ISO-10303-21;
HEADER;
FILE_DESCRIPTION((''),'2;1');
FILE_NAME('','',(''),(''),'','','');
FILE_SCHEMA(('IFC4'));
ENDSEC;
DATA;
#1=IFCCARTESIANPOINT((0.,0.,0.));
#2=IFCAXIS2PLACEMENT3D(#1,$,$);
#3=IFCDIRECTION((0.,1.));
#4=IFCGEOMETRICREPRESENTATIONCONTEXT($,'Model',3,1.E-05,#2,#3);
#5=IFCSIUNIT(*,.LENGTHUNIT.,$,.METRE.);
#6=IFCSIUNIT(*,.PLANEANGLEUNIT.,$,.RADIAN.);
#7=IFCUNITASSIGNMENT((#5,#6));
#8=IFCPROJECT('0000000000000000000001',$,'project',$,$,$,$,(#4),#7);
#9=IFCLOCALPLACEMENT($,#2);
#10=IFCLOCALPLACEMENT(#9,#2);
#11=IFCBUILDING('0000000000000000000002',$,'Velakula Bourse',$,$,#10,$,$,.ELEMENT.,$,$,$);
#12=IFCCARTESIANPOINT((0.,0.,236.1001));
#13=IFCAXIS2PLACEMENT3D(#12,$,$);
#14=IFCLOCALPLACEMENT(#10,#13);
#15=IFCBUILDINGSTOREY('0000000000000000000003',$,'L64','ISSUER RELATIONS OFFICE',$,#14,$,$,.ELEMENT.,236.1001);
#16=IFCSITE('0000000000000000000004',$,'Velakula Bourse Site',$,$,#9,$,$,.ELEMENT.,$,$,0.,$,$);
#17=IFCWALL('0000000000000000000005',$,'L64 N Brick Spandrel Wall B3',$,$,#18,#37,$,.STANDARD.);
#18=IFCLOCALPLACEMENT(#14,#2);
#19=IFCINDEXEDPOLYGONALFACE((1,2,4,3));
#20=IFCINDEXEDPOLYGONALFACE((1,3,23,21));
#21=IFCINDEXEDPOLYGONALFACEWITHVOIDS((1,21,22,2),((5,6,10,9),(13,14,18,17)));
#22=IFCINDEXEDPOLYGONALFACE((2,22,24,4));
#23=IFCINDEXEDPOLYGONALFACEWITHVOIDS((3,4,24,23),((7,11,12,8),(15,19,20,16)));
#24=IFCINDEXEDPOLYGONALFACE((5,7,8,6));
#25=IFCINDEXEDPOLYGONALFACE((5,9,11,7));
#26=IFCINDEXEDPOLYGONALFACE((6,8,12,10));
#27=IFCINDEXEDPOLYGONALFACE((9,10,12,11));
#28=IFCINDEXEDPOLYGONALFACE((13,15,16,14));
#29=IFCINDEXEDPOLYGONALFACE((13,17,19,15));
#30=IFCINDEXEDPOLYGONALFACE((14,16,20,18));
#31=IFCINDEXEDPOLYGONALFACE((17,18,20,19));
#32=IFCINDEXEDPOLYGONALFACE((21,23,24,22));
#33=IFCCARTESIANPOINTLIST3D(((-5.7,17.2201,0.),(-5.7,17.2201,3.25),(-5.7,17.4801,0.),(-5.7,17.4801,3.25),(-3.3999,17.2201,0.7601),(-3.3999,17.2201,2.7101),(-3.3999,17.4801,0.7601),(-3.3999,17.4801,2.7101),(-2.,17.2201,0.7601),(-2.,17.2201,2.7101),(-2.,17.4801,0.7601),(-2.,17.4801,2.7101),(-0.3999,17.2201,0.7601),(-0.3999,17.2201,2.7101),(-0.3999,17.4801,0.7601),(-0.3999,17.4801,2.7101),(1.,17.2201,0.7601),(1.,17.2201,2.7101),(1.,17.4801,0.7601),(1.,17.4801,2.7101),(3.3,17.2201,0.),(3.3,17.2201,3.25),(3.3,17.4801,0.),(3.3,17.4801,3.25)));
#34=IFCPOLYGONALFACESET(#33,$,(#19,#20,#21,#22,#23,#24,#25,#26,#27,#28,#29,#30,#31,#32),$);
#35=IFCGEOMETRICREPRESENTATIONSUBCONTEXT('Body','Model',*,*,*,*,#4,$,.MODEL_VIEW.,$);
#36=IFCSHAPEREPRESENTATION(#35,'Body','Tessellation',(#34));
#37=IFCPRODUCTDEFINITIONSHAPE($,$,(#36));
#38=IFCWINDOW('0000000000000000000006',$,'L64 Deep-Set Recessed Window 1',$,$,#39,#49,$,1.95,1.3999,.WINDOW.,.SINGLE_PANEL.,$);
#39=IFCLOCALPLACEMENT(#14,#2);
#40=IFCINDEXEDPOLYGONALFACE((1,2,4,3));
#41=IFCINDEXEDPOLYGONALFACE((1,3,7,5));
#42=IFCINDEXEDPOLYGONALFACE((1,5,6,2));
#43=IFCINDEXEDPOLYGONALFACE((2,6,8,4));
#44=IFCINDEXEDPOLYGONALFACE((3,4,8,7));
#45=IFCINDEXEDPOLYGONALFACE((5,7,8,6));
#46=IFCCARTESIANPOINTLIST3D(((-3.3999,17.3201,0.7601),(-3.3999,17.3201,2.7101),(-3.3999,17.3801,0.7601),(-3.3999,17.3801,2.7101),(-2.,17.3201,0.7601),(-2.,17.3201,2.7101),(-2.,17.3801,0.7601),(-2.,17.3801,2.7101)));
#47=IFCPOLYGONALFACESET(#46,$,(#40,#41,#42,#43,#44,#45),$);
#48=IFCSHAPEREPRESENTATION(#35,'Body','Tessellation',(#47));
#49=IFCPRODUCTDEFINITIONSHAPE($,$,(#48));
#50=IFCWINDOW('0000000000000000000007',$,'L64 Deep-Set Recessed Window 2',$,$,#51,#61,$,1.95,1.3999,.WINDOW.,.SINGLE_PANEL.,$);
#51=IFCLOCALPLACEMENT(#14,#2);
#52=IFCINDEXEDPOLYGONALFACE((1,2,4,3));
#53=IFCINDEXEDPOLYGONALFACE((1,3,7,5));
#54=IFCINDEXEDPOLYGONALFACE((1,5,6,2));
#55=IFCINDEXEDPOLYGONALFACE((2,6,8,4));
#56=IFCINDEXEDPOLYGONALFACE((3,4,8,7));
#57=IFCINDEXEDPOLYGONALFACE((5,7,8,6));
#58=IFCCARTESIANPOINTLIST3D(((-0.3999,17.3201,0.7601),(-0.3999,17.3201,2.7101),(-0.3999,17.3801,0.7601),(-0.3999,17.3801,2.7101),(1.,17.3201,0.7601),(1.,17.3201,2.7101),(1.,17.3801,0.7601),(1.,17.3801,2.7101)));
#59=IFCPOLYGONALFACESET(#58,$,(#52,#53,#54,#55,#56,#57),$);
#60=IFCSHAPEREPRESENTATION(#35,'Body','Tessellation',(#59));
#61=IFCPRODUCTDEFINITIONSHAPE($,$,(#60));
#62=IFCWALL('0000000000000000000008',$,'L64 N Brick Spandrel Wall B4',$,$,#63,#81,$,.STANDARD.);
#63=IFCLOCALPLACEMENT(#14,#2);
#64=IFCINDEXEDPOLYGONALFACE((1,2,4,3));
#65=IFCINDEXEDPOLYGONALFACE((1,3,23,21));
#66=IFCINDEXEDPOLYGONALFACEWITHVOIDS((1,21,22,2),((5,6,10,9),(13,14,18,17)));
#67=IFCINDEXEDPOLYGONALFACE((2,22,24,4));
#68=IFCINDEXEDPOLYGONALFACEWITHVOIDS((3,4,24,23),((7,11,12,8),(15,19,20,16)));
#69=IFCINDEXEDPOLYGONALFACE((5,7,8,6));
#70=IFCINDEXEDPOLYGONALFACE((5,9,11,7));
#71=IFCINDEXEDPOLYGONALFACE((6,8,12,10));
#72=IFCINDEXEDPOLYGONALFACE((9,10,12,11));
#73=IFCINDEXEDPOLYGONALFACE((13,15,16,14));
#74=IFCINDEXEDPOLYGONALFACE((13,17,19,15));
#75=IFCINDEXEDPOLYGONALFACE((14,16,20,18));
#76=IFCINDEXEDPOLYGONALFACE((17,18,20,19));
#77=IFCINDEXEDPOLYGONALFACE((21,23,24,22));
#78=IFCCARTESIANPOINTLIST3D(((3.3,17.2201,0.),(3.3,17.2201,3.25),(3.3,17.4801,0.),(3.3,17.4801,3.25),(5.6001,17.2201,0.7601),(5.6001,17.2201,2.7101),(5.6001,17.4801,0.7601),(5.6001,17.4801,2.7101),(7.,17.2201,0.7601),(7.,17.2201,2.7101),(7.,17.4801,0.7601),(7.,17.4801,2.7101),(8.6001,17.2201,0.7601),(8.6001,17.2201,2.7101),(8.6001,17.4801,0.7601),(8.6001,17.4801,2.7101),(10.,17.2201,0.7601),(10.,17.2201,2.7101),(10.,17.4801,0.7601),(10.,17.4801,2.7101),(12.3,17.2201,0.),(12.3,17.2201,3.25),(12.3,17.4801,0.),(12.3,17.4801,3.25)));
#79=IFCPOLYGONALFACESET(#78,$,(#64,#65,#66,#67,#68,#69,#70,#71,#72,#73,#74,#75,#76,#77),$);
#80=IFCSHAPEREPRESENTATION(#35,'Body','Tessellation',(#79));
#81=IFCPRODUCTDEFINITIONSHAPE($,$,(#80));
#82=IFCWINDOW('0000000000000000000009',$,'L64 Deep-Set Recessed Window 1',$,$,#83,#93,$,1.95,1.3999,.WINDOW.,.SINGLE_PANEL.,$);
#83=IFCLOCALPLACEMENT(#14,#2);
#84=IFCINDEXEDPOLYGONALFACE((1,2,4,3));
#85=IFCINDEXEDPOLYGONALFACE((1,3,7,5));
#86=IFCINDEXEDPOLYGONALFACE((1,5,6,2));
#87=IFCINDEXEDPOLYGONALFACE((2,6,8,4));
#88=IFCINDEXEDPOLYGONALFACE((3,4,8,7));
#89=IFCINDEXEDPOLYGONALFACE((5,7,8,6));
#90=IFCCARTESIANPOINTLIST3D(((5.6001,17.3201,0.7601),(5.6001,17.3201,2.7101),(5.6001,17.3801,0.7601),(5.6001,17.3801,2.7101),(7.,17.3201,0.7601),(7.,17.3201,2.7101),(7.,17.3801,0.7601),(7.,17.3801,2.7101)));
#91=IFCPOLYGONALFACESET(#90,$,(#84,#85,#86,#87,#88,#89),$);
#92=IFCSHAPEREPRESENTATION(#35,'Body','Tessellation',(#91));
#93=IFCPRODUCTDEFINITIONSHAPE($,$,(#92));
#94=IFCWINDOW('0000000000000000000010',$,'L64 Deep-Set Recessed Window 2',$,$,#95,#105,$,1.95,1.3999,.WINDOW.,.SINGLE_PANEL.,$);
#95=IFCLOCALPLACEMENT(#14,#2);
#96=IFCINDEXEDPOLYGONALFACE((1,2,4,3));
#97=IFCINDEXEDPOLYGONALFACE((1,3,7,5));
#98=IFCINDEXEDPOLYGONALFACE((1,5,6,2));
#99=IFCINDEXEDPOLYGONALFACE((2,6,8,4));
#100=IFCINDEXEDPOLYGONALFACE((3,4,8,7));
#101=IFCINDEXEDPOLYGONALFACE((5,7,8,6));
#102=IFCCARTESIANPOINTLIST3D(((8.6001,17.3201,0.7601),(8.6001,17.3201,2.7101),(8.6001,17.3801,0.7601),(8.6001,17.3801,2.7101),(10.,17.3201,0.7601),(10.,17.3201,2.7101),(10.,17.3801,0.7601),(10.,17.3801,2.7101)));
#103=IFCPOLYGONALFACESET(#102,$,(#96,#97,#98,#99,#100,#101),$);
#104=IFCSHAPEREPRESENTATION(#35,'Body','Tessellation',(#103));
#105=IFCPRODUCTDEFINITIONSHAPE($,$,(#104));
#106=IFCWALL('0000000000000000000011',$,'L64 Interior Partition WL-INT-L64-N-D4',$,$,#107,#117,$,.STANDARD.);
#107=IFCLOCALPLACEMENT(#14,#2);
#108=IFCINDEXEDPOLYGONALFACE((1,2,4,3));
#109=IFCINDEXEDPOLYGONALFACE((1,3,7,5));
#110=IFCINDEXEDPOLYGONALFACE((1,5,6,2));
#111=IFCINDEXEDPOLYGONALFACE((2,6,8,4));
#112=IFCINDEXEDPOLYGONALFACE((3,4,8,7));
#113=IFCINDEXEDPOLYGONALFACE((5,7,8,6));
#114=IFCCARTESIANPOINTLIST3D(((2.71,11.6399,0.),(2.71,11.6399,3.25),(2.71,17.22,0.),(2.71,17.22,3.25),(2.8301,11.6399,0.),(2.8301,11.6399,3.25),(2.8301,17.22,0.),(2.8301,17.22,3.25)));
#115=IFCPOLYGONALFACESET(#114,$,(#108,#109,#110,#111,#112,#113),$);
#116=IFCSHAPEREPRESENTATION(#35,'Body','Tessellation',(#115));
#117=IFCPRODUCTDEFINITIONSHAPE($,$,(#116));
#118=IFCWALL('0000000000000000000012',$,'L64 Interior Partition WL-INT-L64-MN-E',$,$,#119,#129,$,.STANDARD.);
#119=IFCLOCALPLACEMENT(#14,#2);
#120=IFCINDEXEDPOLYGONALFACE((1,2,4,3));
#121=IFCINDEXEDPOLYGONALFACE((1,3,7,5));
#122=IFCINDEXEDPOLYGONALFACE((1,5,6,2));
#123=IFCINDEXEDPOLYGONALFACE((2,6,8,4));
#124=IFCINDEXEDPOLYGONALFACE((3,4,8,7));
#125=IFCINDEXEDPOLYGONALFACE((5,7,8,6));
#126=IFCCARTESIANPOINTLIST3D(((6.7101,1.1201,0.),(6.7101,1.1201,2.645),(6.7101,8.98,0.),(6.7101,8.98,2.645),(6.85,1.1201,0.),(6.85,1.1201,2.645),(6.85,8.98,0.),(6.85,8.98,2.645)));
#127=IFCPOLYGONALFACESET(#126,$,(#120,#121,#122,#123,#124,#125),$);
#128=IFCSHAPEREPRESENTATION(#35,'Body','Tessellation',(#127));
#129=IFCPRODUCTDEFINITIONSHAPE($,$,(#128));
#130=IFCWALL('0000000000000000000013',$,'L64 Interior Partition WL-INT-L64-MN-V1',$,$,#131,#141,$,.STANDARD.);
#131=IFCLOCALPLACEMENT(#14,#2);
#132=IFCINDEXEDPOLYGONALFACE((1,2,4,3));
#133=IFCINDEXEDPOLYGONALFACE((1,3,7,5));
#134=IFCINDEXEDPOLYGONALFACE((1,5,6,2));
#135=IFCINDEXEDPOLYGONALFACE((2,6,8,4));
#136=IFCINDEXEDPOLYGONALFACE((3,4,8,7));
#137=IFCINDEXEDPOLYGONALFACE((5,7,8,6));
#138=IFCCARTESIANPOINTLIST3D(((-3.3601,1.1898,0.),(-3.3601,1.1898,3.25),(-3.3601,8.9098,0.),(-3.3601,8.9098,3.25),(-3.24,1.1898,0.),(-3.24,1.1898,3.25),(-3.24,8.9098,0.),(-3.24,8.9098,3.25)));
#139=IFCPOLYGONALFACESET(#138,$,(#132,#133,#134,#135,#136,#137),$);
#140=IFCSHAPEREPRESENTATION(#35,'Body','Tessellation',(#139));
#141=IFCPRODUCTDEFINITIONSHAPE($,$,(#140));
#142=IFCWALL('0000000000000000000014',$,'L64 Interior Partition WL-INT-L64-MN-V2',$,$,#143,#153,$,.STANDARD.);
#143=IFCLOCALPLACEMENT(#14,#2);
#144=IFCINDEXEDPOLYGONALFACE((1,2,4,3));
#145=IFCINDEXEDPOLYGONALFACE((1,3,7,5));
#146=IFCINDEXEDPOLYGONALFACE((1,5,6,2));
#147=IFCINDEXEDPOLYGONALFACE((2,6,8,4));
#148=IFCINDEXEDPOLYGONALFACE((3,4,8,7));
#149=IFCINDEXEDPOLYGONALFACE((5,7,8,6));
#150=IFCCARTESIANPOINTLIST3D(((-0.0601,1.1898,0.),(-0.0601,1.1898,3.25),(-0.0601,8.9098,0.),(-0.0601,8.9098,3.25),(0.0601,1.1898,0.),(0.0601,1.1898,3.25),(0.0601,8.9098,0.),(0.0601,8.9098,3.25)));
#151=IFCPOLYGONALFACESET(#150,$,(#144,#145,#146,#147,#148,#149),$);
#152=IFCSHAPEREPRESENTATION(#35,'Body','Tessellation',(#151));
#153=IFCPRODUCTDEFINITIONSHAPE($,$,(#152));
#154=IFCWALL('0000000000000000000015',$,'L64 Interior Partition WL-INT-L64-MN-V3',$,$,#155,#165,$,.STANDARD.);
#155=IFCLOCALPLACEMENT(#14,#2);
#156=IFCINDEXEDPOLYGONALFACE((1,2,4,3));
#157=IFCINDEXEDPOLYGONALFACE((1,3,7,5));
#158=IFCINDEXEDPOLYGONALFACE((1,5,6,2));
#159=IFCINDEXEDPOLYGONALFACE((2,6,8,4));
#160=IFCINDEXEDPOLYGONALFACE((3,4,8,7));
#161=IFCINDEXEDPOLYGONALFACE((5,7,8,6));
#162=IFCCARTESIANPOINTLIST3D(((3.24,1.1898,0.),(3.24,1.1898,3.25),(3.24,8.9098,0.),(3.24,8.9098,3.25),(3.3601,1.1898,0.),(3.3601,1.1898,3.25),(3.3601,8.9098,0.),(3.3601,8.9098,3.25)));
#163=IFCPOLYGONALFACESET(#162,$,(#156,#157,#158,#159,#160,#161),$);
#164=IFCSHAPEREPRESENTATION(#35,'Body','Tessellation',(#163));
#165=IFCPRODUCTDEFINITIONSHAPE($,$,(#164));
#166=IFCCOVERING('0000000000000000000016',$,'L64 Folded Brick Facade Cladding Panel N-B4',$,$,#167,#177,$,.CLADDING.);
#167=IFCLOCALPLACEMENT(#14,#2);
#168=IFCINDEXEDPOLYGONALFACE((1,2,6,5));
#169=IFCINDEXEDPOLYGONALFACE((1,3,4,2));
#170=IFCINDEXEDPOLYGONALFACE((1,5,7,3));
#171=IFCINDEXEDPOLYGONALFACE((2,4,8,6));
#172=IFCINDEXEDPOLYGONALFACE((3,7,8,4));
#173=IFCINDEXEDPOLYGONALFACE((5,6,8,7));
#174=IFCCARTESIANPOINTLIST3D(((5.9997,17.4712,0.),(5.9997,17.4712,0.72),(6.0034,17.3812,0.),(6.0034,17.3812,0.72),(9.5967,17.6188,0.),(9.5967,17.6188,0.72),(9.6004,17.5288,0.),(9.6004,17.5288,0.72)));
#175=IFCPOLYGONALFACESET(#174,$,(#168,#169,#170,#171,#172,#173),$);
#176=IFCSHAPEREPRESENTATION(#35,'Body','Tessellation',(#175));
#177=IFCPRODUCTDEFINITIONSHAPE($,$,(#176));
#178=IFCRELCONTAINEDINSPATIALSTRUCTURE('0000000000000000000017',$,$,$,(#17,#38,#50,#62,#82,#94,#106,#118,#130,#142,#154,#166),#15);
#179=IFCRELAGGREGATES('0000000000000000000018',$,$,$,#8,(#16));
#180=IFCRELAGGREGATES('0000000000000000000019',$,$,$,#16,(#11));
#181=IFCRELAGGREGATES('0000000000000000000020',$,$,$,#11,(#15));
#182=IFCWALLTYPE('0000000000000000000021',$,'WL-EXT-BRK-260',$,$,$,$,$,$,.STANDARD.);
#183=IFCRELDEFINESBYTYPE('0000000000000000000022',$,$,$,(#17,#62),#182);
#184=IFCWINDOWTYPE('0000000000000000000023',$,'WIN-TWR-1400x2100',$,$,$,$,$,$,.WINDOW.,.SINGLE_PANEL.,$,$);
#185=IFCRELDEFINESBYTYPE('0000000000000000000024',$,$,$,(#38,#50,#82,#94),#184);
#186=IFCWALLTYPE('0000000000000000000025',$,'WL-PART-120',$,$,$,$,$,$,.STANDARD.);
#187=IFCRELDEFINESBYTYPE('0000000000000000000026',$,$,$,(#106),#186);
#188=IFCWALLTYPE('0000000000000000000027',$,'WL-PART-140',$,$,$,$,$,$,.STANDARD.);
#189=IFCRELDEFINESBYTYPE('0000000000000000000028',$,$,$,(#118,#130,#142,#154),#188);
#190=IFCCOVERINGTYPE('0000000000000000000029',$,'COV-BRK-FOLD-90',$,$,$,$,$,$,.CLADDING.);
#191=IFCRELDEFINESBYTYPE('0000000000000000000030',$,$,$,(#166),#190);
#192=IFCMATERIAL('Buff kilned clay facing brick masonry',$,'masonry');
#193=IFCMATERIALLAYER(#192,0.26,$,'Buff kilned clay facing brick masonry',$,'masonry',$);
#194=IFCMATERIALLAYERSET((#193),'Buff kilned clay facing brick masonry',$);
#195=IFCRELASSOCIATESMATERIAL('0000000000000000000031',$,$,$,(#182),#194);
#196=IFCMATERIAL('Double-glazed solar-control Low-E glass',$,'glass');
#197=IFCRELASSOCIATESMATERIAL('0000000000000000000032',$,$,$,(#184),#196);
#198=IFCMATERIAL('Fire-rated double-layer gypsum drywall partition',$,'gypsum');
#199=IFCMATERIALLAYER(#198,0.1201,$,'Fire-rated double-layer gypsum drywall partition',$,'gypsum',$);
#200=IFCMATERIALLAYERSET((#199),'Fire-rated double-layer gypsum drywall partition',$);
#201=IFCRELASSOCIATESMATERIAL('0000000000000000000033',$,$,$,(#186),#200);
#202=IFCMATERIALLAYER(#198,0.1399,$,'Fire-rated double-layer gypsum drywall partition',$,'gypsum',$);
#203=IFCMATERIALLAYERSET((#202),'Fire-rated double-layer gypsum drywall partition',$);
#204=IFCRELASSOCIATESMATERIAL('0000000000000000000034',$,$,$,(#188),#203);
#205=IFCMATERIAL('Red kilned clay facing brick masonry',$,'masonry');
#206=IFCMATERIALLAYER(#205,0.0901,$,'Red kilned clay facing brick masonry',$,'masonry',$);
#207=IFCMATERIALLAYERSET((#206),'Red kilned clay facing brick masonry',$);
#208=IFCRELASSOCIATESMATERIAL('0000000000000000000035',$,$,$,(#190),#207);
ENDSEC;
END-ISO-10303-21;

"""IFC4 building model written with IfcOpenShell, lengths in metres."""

from ifc_helpers import new_model, si_unit, direction, frame, frame_2d, origin, origin_2d, place, context, subcontext, project, spatial, rectangle, extrude, material, layer, layer_set, type_object, element, fill, save


model = new_model("IFC4")

# Units and contexts
model_context = context("Model", 3, precision=1e-05, world=origin(), true_north=direction((0.0, 1.0)))
body_context = subcontext(model_context, "Body", "Model", "MODEL_VIEW")
ifc_project = project(units=[si_unit("LENGTHUNIT", "METRE"), si_unit("PLANEANGLEUNIT", "RADIAN")], contexts=[model_context])

# Site, building, storey
site_placement = place(None, origin())
site = spatial("IfcSite", under=ifc_project, at=site_placement, Name="Velakula Bourse Site", CompositionType="ELEMENT", RefElevation=0.0)
building_placement = place(site_placement, origin())
building = spatial("IfcBuilding", under=site, at=building_placement, Name="Velakula Bourse", CompositionType="ELEMENT")
storey_placement = place(building_placement, frame((0.0, 0.0, 236.1001)))
storey = spatial("IfcBuildingStorey", under=building, at=storey_placement, Name="L64", Description="ISSUER RELATIONS OFFICE", CompositionType="ELEMENT", Elevation=236.1001)

# Walls, openings, windows
ifc_material_1 = material(Name="Buff kilned clay facing brick masonry", Category="masonry")
ifc_layer_1 = layer(ifc_material_1, 0.26, Name="Buff kilned clay facing brick masonry", Category="masonry")
ifc_layer_set_1 = layer_set([ifc_layer_1], Name="Buff kilned clay facing brick masonry")
wall_type_1 = type_object("IfcWallType", Name="WL-EXT-BRK-260", PredefinedType="STANDARD", material=ifc_layer_set_1)
wall_1_placement = place(storey_placement, frame((-5.7, 17.3501, 0.0), z_axis=(0.0, 0.0, 1.0), x_axis=(1.0, 0.0, 0.0)))
wall_1 = element("IfcWall", 1, at=wall_1_placement, inside=storey, type_object=wall_type_1, Name="L64 N Brick Spandrel Wall B3", PredefinedType="STANDARD", context=body_context, shape_type="SweptSolid", body=[
    extrude(rectangle(XDim=9.0, YDim=0.26, at=frame_2d((4.5, 0.0))), origin(), (0.0, 0.0, 1.0), 3.25),
])
opening_1_placement = place(wall_1_placement, frame((2.3, 0.0, 0.76)))
opening_1 = element("IfcOpeningElement", 2, at=opening_1_placement, cuts=wall_1, PredefinedType="OPENING", context=body_context, shape_type="SweptSolid", body=[
    extrude(rectangle(XDim=1.3999, YDim=1.95, at=frame_2d((0.7, 0.9751))), frame((0.0, 0.1399, 0.0), z_axis=(0.0, -1.0, 0.0), x_axis=(1.0, 0.0, 0.0)), (0.0, 0.0, 1.0), 0.28),
])
opening_2_placement = place(wall_1_placement, frame((5.3, 0.0, 0.76)))
opening_2 = element("IfcOpeningElement", 3, at=opening_2_placement, cuts=wall_1, PredefinedType="OPENING", context=body_context, shape_type="SweptSolid", body=[
    extrude(rectangle(XDim=1.3999, YDim=1.95, at=frame_2d((0.7, 0.9751))), frame((0.0, 0.1399, 0.0), z_axis=(0.0, -1.0, 0.0), x_axis=(1.0, 0.0, 0.0)), (0.0, 0.0, 1.0), 0.28),
])
ifc_material_2 = material(Name="Double-glazed solar-control Low-E glass", Category="glass")
window_type = type_object("IfcWindowType", Name="WIN-TWR-1400x2100", PartitioningType="SINGLE_PANEL", PredefinedType="WINDOW", material=ifc_material_2)
window_1_placement = place(opening_1_placement, origin())
window_1 = element("IfcWindow", 4, at=window_1_placement, inside=storey, type_object=window_type, Name="L64 Deep-Set Recessed Window 1", OverallHeight=1.95, OverallWidth=1.3999, PartitioningType="SINGLE_PANEL", PredefinedType="WINDOW", context=body_context, shape_type="SweptSolid", body=[
    extrude(rectangle(XDim=1.3999, YDim=1.95, at=frame_2d((0.7, 0.9751))), frame((0.0, 0.03, 0.0), z_axis=(0.0, -1.0, 0.0), x_axis=(1.0, 0.0, 0.0)), (0.0, 0.0, 1.0), 0.0601),
])
fill(opening_1, window_1)
window_2_placement = place(opening_2_placement, origin())
window_2 = element("IfcWindow", 5, at=window_2_placement, inside=storey, type_object=window_type, Name="L64 Deep-Set Recessed Window 2", OverallHeight=1.95, OverallWidth=1.3999, PartitioningType="SINGLE_PANEL", PredefinedType="WINDOW", context=body_context, shape_type="SweptSolid", body=[
    extrude(rectangle(XDim=1.3999, YDim=1.95, at=frame_2d((0.7, 0.9751))), frame((0.0, 0.03, 0.0), z_axis=(0.0, -1.0, 0.0), x_axis=(1.0, 0.0, 0.0)), (0.0, 0.0, 1.0), 0.0601),
])
fill(opening_2, window_2)
wall_2_placement = place(storey_placement, frame((3.3, 17.3501, 0.0), z_axis=(0.0, 0.0, 1.0), x_axis=(1.0, 0.0, 0.0)))
wall_2 = element("IfcWall", 6, at=wall_2_placement, inside=storey, type_object=wall_type_1, Name="L64 N Brick Spandrel Wall B4", PredefinedType="STANDARD", context=body_context, shape_type="SweptSolid", body=[
    extrude(rectangle(XDim=9.0, YDim=0.26, at=frame_2d((4.5, 0.0))), origin(), (0.0, 0.0, 1.0), 3.25),
])
opening_3_placement = place(wall_2_placement, frame((2.3, 0.0, 0.76)))
opening_3 = element("IfcOpeningElement", 7, at=opening_3_placement, cuts=wall_2, PredefinedType="OPENING", context=body_context, shape_type="SweptSolid", body=[
    extrude(rectangle(XDim=1.3999, YDim=1.95, at=frame_2d((0.7, 0.9751))), frame((0.0, 0.1399, 0.0), z_axis=(0.0, -1.0, 0.0), x_axis=(1.0, 0.0, 0.0)), (0.0, 0.0, 1.0), 0.28),
])
opening_4_placement = place(wall_2_placement, frame((5.3, 0.0, 0.76)))
opening_4 = element("IfcOpeningElement", 8, at=opening_4_placement, cuts=wall_2, PredefinedType="OPENING", context=body_context, shape_type="SweptSolid", body=[
    extrude(rectangle(XDim=1.3999, YDim=1.95, at=frame_2d((0.7, 0.9751))), frame((0.0, 0.1399, 0.0), z_axis=(0.0, -1.0, 0.0), x_axis=(1.0, 0.0, 0.0)), (0.0, 0.0, 1.0), 0.28),
])
window_3_placement = place(opening_3_placement, origin())
window_3 = element("IfcWindow", 9, at=window_3_placement, inside=storey, type_object=window_type, Name="L64 Deep-Set Recessed Window 1", OverallHeight=1.95, OverallWidth=1.3999, PartitioningType="SINGLE_PANEL", PredefinedType="WINDOW", context=body_context, shape_type="SweptSolid", body=[
    extrude(rectangle(XDim=1.3999, YDim=1.95, at=frame_2d((0.7, 0.9751))), frame((0.0, 0.03, 0.0), z_axis=(0.0, -1.0, 0.0), x_axis=(1.0, 0.0, 0.0)), (0.0, 0.0, 1.0), 0.0601),
])
fill(opening_3, window_3)
window_4_placement = place(opening_4_placement, origin())
window_4 = element("IfcWindow", 10, at=window_4_placement, inside=storey, type_object=window_type, Name="L64 Deep-Set Recessed Window 2", OverallHeight=1.95, OverallWidth=1.3999, PartitioningType="SINGLE_PANEL", PredefinedType="WINDOW", context=body_context, shape_type="SweptSolid", body=[
    extrude(rectangle(XDim=1.3999, YDim=1.95, at=frame_2d((0.7, 0.9751))), frame((0.0, 0.03, 0.0), z_axis=(0.0, -1.0, 0.0), x_axis=(1.0, 0.0, 0.0)), (0.0, 0.0, 1.0), 0.0601),
])
fill(opening_4, window_4)

# Walls
ifc_material_3 = material(Name="Fire-rated double-layer gypsum drywall partition", Category="gypsum")
ifc_layer_2 = layer(ifc_material_3, 0.1201, Name="Fire-rated double-layer gypsum drywall partition", Category="gypsum")
ifc_layer_set_2 = layer_set([ifc_layer_2], Name="Fire-rated double-layer gypsum drywall partition")
wall_type_2 = type_object("IfcWallType", Name="WL-PART-120", PredefinedType="STANDARD", material=ifc_layer_set_2)
wall_3_placement = place(storey_placement, frame((2.77, 11.6399, 0.0), z_axis=(0.0, 0.0, 1.0), x_axis=(0.0, 1.0, 0.0)))
element("IfcWall", 11, at=wall_3_placement, inside=storey, type_object=wall_type_2, Name="L64 Interior Partition WL-INT-L64-N-D4", PredefinedType="STANDARD", context=body_context, shape_type="SweptSolid", body=[
    extrude(rectangle(XDim=5.5801, YDim=0.1201, at=frame_2d((2.79, 0.0))), origin(), (0.0, 0.0, 1.0), 3.25),
])
ifc_layer_3 = layer(ifc_material_3, 0.1399, Name="Fire-rated double-layer gypsum drywall partition", Category="gypsum")
ifc_layer_set_3 = layer_set([ifc_layer_3], Name="Fire-rated double-layer gypsum drywall partition")
wall_type_3 = type_object("IfcWallType", Name="WL-PART-140", PredefinedType="STANDARD", material=ifc_layer_set_3)
wall_4_placement = place(storey_placement, frame((6.78, 1.1201, 0.0), z_axis=(0.0, 0.0, 1.0), x_axis=(0.0, 1.0, 0.0)))
element("IfcWall", 12, at=wall_4_placement, inside=storey, type_object=wall_type_3, Name="L64 Interior Partition WL-INT-L64-MN-E", PredefinedType="STANDARD", context=body_context, shape_type="SweptSolid", body=[
    extrude(rectangle(XDim=7.8599, YDim=0.1399, at=frame_2d((3.9299, 0.0))), origin(), (0.0, 0.0, 1.0), 2.645),
])
for number, where, z_axis, x_axis, name in (
    (13, (-3.3, 1.1899, 0.0), (0.0, 0.0, 1.0), (0.0, 1.0, 0.0), "L64 Interior Partition WL-INT-L64-MN-V1"),
    (14, (0.0, 1.1899, 0.0), (0.0, 0.0, 1.0), (0.0, 1.0, 0.0), "L64 Interior Partition WL-INT-L64-MN-V2"),
    (15, (3.3, 1.1899, 0.0), (0.0, 0.0, 1.0), (0.0, 1.0, 0.0), "L64 Interior Partition WL-INT-L64-MN-V3"),
):
    element("IfcWall", number, at=place(storey_placement, frame(where, z_axis=z_axis, x_axis=x_axis)), inside=storey, type_object=wall_type_3, Name=name, PredefinedType="STANDARD", context=body_context, shape_type="SweptSolid", body=[
        extrude(rectangle(XDim=7.72, YDim=0.1201, at=frame_2d((3.8599, 0.0))), origin(), (0.0, 0.0, 1.0), 3.25),
    ])

# Covering
ifc_material_4 = material(Name="Red kilned clay facing brick masonry", Category="masonry")
ifc_layer_4 = layer(ifc_material_4, 0.0901, Name="Red kilned clay facing brick masonry", Category="masonry")
ifc_layer_set_4 = layer_set([ifc_layer_4], Name="Red kilned clay facing brick masonry")
covering_type = type_object("IfcCoveringType", Name="COV-BRK-FOLD-90", PredefinedType="CLADDING", material=ifc_layer_set_4)
covering_placement = place(storey_placement, frame((7.8, 17.5, 0.0), z_axis=(0.0, 0.0, 1.0), x_axis=(0.999159, 0.041004, 0.0)))
element("IfcCovering", 16, at=covering_placement, inside=storey, type_object=covering_type, Name="L64 Folded Brick Facade Cladding Panel N-B4", PredefinedType="CLADDING", context=body_context, shape_type="SweptSolid", body=[
    extrude(rectangle(XDim=3.6001, YDim=0.0901, at=origin_2d()), origin(), (0.0, 0.0, 1.0), 0.72),
])

save(model, "model.ifc")
